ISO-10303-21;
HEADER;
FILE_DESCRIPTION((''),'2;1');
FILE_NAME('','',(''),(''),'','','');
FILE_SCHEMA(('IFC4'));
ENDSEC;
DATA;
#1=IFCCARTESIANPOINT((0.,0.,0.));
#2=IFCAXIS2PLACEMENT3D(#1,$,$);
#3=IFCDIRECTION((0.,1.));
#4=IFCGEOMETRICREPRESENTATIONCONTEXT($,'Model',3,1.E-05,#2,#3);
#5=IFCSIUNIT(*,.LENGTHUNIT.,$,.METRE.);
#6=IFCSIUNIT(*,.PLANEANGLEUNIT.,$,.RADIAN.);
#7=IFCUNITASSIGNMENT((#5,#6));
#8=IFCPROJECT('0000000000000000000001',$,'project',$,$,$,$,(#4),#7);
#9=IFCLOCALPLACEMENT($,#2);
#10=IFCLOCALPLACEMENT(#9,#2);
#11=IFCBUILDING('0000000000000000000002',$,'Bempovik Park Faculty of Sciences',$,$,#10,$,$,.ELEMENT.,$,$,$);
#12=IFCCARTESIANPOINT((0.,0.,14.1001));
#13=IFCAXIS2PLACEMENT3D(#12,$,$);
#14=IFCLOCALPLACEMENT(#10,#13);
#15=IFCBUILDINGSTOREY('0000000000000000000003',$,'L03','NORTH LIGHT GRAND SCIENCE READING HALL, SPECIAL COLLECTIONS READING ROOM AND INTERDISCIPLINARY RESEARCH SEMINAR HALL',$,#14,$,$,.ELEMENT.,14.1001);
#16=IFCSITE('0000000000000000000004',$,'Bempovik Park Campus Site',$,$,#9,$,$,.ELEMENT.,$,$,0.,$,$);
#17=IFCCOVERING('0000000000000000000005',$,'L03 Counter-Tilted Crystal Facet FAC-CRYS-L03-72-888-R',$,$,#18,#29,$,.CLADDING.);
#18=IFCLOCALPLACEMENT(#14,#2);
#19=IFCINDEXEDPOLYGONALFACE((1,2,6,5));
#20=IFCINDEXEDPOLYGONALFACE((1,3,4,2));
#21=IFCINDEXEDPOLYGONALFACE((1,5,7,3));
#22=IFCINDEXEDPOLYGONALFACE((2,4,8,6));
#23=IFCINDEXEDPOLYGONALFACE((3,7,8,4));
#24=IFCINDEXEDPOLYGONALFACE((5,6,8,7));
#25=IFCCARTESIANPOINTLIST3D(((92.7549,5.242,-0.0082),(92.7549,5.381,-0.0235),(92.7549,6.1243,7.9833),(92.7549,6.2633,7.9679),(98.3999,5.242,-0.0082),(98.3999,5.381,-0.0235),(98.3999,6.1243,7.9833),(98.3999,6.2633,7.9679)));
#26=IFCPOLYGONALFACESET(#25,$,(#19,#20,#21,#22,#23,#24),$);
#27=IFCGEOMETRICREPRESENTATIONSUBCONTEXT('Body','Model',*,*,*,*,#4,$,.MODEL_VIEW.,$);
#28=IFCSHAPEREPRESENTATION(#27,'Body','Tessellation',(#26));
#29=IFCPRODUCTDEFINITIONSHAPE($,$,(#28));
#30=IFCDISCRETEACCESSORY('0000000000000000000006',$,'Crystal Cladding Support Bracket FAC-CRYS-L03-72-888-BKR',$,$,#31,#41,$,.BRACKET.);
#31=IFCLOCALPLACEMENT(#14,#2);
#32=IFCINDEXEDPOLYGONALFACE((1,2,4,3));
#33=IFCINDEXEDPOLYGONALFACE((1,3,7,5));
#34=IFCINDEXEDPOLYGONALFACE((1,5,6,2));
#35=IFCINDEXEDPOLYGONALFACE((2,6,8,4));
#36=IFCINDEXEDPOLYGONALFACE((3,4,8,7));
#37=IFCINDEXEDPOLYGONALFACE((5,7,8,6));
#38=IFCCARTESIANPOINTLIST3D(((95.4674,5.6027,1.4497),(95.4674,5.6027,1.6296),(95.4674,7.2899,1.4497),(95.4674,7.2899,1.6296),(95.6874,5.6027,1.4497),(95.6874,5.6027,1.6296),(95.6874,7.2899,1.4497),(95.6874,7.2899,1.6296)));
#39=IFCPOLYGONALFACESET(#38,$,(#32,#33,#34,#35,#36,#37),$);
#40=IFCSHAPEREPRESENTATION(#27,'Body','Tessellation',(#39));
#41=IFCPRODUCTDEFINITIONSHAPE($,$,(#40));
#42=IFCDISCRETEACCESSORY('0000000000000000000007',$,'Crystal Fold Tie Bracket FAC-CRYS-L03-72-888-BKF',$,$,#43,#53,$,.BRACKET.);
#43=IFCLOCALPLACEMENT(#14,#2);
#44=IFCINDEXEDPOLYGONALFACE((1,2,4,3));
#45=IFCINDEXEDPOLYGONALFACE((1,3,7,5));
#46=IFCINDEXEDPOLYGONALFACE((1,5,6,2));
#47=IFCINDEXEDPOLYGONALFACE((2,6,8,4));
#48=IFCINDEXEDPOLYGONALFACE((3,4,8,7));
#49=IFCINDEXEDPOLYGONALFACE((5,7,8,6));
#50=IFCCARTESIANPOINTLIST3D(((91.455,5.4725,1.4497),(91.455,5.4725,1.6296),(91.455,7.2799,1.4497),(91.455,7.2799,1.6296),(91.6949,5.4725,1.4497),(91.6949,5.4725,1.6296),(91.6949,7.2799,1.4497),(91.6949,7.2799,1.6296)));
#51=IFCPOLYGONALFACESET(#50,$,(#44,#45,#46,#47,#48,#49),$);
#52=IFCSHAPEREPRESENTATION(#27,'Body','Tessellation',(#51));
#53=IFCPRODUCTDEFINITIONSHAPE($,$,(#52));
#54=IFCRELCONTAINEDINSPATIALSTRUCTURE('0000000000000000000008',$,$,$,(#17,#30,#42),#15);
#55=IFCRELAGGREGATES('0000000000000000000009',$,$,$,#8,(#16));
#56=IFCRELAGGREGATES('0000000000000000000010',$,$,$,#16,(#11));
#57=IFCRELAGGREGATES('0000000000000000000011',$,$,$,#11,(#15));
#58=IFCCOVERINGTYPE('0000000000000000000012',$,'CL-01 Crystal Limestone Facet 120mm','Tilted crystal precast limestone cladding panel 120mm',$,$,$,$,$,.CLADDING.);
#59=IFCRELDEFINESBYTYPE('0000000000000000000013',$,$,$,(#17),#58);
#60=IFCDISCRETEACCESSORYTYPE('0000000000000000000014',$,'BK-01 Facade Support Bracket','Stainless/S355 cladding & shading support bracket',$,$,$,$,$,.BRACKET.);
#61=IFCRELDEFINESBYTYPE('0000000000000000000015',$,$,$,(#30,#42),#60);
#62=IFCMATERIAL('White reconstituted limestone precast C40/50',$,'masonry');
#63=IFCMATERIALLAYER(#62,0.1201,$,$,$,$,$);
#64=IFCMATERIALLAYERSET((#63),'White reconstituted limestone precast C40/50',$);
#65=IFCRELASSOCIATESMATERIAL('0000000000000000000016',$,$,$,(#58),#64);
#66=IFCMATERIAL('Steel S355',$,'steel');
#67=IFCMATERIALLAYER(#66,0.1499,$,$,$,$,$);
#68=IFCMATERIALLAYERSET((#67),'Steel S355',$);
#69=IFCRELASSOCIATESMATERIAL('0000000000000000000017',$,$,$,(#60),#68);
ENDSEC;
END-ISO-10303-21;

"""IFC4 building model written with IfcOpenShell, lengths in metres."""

from ifc_helpers import new_model, si_unit, direction, frame, origin, origin_2d, place, context, subcontext, project, spatial, rectangle, extrude, material, layer, layer_set, type_object, element, save


model = new_model("IFC4")

# Units and contexts
model_context = context("Model", 3, precision=1e-05, world=origin(), true_north=direction((0.0, 1.0)))
body_context = subcontext(model_context, "Body", "Model", "MODEL_VIEW")
ifc_project = project(units=[si_unit("LENGTHUNIT", "METRE"), si_unit("PLANEANGLEUNIT", "RADIAN")], contexts=[model_context])

# Site, building, storey
site_placement = place(None, origin())
site = spatial("IfcSite", under=ifc_project, at=site_placement, Name="Bempovik Park Campus Site", CompositionType="ELEMENT", RefElevation=0.0)
building_placement = place(site_placement, origin())
building = spatial("IfcBuilding", under=site, at=building_placement, Name="Bempovik Park Faculty of Sciences", CompositionType="ELEMENT")
storey_placement = place(building_placement, frame((0.0, 0.0, 14.1001)))
storey = spatial("IfcBuildingStorey", under=building, at=storey_placement, Name="L03", Description="NORTH LIGHT GRAND SCIENCE READING HALL, SPECIAL COLLECTIONS READING ROOM AND INTERDISCIPLINARY RESEARCH SEMINAR HALL", CompositionType="ELEMENT", Elevation=14.1001)

# Shared definitions
ifc_material_1 = material(Name="Steel S355", Category="steel")

# Covering
ifc_material_2 = material(Name="White reconstituted limestone precast C40/50", Category="masonry")
ifc_layer_1 = layer(ifc_material_2, 0.1201)
ifc_layer_set_1 = layer_set([ifc_layer_1], Name="White reconstituted limestone precast C40/50")
covering_type = type_object("IfcCoveringType", Name="CL-01 Crystal Limestone Facet 120mm", Description="Tilted crystal precast limestone cladding panel 120mm", PredefinedType="CLADDING", material=ifc_layer_set_1)
covering_1_placement = place(storey_placement, frame((95.5774, 5.3115, -0.0159), z_axis=(0.0, 0.109734, 0.993961), x_axis=(1.0, 0.0, 0.0)))
element("IfcCovering", 1, at=covering_1_placement, inside=storey, type_object=covering_type, Name="L03 Counter-Tilted Crystal Facet FAC-CRYS-L03-72-888-R", PredefinedType="CLADDING", context=body_context, shape_type="SweptSolid", body=[
    extrude(rectangle(XDim=5.645, YDim=0.1399, at=origin_2d()), origin(), (0.0, 0.0, 1.0), 8.04),
])

# Discrete accessories
ifc_layer_2 = layer(ifc_material_1, 0.1499)
ifc_layer_set_2 = layer_set([ifc_layer_2], Name="Steel S355")
discrete_accessory_type = type_object("IfcDiscreteAccessoryType", Name="BK-01 Facade Support Bracket", Description="Stainless/S355 cladding & shading support bracket", PredefinedType="BRACKET", material=ifc_layer_set_2)
discrete_accessory_1_placement = place(storey_placement, frame((95.5774, 6.4463, 1.4497), z_axis=(0.0, 0.0, 1.0), x_axis=(1.0, 0.0, 0.0)))
element("IfcDiscreteAccessory", 2, at=discrete_accessory_1_placement, inside=storey, type_object=discrete_accessory_type, Name="Crystal Cladding Support Bracket FAC-CRYS-L03-72-888-BKR", PredefinedType="BRACKET", context=body_context, shape_type="SweptSolid", body=[
    extrude(rectangle(XDim=0.22, YDim=1.6873, at=origin_2d()), origin(), (0.0, 0.0, 1.0), 0.1799),
])
discrete_accessory_2_placement = place(storey_placement, frame((91.575, 6.3762, 1.4497), z_axis=(0.0, 0.0, 1.0), x_axis=(1.0, 0.0, 0.0)))
element("IfcDiscreteAccessory", 3, at=discrete_accessory_2_placement, inside=storey, type_object=discrete_accessory_type, Name="Crystal Fold Tie Bracket FAC-CRYS-L03-72-888-BKF", PredefinedType="BRACKET", context=body_context, shape_type="SweptSolid", body=[
    extrude(rectangle(XDim=0.24, YDim=1.8074, at=origin_2d()), origin(), (0.0, 0.0, 1.0), 0.1799),
])

save(model, "model.ifc")
